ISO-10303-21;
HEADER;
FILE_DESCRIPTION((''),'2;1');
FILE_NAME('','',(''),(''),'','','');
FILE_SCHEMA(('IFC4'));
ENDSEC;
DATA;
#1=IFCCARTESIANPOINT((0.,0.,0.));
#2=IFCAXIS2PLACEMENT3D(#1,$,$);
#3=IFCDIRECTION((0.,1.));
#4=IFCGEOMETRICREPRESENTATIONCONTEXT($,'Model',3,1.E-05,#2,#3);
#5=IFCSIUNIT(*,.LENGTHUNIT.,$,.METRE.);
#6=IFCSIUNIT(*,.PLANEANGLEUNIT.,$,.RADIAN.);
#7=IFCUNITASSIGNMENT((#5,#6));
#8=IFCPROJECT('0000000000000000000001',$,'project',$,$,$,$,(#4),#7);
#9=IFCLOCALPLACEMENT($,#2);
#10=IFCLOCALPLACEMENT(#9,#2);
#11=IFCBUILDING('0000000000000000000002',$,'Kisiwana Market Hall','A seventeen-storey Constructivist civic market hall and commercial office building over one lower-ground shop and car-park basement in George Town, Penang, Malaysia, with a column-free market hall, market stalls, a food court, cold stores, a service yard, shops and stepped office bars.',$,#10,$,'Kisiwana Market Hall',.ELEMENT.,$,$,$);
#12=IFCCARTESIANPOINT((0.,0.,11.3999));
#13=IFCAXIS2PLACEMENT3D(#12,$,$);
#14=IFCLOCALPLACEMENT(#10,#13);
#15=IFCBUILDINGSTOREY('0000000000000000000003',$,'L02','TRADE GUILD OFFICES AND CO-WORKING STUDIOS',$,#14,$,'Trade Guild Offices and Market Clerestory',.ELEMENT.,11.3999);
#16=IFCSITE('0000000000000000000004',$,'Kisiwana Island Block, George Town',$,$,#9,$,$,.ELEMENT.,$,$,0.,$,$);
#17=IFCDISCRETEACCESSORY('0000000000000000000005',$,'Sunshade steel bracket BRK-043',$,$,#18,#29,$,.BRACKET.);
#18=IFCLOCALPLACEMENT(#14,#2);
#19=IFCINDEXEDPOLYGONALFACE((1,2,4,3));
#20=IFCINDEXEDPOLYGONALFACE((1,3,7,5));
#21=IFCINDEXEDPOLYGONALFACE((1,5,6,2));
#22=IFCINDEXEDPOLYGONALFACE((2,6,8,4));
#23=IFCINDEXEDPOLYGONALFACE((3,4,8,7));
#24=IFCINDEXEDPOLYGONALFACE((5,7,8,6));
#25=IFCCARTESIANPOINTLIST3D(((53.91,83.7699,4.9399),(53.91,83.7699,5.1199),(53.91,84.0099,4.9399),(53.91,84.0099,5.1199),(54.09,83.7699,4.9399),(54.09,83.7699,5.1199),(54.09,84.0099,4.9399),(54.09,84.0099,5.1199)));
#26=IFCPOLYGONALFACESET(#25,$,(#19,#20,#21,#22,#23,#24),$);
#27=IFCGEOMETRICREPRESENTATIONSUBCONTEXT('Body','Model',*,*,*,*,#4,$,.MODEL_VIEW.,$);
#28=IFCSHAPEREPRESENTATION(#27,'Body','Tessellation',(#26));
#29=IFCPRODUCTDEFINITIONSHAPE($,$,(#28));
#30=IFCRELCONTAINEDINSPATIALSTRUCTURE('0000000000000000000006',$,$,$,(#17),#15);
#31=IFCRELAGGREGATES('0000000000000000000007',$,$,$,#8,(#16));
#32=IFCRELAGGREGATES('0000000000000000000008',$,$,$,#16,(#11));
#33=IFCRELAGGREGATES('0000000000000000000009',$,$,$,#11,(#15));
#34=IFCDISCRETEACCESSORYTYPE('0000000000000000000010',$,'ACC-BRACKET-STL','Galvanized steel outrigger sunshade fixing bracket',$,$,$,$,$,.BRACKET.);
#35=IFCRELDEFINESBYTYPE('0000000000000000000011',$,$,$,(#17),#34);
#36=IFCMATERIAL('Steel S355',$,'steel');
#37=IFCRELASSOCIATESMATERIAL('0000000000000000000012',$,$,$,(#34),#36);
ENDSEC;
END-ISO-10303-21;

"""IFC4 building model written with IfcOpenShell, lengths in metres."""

from ifc_helpers import new_model, si_unit, direction, frame, origin, origin_2d, place, context, subcontext, project, spatial, rectangle, extrude, material, type_object, element, save


model = new_model("IFC4")

# Units and contexts
model_context = context("Model", 3, precision=1e-05, world=origin(), true_north=direction((0.0, 1.0)))
body_context = subcontext(model_context, "Body", "Model", "MODEL_VIEW")
ifc_project = project(units=[si_unit("LENGTHUNIT", "METRE"), si_unit("PLANEANGLEUNIT", "RADIAN")], contexts=[model_context])

# Site, building, storey
site_placement = place(None, origin())
site = spatial("IfcSite", under=ifc_project, at=site_placement, Name="Kisiwana Island Block, George Town", CompositionType="ELEMENT", RefElevation=0.0)
building_placement = place(site_placement, origin())
building = spatial("IfcBuilding", under=site, at=building_placement, Name="Kisiwana Market Hall", Description="A seventeen-storey Constructivist civic market hall and commercial office building over one lower-ground shop and car-park basement in George Town, Penang, Malaysia, with a column-free market hall, market stalls, a food court, cold stores, a service yard, shops and stepped office bars.", LongName="Kisiwana Market Hall", CompositionType="ELEMENT")
storey_placement = place(building_placement, frame((0.0, 0.0, 11.3999)))
storey = spatial("IfcBuildingStorey", under=building, at=storey_placement, Name="L02", Description="TRADE GUILD OFFICES AND CO-WORKING STUDIOS", LongName="Trade Guild Offices and Market Clerestory", CompositionType="ELEMENT", Elevation=11.3999)

# Discrete accessory
ifc_material_1 = material(Name="Steel S355", Category="steel")
discrete_accessory_type = type_object("IfcDiscreteAccessoryType", Name="ACC-BRACKET-STL", Description="Galvanized steel outrigger sunshade fixing bracket", PredefinedType="BRACKET", material=ifc_material_1)
discrete_accessory_placement = place(storey_placement, frame((54.0, 83.8899, 4.9399), z_axis=(0.0, 0.0, 1.0), x_axis=(1.0, 0.0, 0.0)))
element("IfcDiscreteAccessory", 1, at=discrete_accessory_placement, inside=storey, type_object=discrete_accessory_type, Name="Sunshade steel bracket BRK-043", PredefinedType="BRACKET", context=body_context, shape_type="SweptSolid", body=[
    extrude(rectangle(XDim=0.1799, YDim=0.24, at=origin_2d()), origin(), (0.0, 0.0, 1.0), 0.1799),
])

save(model, "model.ifc")
